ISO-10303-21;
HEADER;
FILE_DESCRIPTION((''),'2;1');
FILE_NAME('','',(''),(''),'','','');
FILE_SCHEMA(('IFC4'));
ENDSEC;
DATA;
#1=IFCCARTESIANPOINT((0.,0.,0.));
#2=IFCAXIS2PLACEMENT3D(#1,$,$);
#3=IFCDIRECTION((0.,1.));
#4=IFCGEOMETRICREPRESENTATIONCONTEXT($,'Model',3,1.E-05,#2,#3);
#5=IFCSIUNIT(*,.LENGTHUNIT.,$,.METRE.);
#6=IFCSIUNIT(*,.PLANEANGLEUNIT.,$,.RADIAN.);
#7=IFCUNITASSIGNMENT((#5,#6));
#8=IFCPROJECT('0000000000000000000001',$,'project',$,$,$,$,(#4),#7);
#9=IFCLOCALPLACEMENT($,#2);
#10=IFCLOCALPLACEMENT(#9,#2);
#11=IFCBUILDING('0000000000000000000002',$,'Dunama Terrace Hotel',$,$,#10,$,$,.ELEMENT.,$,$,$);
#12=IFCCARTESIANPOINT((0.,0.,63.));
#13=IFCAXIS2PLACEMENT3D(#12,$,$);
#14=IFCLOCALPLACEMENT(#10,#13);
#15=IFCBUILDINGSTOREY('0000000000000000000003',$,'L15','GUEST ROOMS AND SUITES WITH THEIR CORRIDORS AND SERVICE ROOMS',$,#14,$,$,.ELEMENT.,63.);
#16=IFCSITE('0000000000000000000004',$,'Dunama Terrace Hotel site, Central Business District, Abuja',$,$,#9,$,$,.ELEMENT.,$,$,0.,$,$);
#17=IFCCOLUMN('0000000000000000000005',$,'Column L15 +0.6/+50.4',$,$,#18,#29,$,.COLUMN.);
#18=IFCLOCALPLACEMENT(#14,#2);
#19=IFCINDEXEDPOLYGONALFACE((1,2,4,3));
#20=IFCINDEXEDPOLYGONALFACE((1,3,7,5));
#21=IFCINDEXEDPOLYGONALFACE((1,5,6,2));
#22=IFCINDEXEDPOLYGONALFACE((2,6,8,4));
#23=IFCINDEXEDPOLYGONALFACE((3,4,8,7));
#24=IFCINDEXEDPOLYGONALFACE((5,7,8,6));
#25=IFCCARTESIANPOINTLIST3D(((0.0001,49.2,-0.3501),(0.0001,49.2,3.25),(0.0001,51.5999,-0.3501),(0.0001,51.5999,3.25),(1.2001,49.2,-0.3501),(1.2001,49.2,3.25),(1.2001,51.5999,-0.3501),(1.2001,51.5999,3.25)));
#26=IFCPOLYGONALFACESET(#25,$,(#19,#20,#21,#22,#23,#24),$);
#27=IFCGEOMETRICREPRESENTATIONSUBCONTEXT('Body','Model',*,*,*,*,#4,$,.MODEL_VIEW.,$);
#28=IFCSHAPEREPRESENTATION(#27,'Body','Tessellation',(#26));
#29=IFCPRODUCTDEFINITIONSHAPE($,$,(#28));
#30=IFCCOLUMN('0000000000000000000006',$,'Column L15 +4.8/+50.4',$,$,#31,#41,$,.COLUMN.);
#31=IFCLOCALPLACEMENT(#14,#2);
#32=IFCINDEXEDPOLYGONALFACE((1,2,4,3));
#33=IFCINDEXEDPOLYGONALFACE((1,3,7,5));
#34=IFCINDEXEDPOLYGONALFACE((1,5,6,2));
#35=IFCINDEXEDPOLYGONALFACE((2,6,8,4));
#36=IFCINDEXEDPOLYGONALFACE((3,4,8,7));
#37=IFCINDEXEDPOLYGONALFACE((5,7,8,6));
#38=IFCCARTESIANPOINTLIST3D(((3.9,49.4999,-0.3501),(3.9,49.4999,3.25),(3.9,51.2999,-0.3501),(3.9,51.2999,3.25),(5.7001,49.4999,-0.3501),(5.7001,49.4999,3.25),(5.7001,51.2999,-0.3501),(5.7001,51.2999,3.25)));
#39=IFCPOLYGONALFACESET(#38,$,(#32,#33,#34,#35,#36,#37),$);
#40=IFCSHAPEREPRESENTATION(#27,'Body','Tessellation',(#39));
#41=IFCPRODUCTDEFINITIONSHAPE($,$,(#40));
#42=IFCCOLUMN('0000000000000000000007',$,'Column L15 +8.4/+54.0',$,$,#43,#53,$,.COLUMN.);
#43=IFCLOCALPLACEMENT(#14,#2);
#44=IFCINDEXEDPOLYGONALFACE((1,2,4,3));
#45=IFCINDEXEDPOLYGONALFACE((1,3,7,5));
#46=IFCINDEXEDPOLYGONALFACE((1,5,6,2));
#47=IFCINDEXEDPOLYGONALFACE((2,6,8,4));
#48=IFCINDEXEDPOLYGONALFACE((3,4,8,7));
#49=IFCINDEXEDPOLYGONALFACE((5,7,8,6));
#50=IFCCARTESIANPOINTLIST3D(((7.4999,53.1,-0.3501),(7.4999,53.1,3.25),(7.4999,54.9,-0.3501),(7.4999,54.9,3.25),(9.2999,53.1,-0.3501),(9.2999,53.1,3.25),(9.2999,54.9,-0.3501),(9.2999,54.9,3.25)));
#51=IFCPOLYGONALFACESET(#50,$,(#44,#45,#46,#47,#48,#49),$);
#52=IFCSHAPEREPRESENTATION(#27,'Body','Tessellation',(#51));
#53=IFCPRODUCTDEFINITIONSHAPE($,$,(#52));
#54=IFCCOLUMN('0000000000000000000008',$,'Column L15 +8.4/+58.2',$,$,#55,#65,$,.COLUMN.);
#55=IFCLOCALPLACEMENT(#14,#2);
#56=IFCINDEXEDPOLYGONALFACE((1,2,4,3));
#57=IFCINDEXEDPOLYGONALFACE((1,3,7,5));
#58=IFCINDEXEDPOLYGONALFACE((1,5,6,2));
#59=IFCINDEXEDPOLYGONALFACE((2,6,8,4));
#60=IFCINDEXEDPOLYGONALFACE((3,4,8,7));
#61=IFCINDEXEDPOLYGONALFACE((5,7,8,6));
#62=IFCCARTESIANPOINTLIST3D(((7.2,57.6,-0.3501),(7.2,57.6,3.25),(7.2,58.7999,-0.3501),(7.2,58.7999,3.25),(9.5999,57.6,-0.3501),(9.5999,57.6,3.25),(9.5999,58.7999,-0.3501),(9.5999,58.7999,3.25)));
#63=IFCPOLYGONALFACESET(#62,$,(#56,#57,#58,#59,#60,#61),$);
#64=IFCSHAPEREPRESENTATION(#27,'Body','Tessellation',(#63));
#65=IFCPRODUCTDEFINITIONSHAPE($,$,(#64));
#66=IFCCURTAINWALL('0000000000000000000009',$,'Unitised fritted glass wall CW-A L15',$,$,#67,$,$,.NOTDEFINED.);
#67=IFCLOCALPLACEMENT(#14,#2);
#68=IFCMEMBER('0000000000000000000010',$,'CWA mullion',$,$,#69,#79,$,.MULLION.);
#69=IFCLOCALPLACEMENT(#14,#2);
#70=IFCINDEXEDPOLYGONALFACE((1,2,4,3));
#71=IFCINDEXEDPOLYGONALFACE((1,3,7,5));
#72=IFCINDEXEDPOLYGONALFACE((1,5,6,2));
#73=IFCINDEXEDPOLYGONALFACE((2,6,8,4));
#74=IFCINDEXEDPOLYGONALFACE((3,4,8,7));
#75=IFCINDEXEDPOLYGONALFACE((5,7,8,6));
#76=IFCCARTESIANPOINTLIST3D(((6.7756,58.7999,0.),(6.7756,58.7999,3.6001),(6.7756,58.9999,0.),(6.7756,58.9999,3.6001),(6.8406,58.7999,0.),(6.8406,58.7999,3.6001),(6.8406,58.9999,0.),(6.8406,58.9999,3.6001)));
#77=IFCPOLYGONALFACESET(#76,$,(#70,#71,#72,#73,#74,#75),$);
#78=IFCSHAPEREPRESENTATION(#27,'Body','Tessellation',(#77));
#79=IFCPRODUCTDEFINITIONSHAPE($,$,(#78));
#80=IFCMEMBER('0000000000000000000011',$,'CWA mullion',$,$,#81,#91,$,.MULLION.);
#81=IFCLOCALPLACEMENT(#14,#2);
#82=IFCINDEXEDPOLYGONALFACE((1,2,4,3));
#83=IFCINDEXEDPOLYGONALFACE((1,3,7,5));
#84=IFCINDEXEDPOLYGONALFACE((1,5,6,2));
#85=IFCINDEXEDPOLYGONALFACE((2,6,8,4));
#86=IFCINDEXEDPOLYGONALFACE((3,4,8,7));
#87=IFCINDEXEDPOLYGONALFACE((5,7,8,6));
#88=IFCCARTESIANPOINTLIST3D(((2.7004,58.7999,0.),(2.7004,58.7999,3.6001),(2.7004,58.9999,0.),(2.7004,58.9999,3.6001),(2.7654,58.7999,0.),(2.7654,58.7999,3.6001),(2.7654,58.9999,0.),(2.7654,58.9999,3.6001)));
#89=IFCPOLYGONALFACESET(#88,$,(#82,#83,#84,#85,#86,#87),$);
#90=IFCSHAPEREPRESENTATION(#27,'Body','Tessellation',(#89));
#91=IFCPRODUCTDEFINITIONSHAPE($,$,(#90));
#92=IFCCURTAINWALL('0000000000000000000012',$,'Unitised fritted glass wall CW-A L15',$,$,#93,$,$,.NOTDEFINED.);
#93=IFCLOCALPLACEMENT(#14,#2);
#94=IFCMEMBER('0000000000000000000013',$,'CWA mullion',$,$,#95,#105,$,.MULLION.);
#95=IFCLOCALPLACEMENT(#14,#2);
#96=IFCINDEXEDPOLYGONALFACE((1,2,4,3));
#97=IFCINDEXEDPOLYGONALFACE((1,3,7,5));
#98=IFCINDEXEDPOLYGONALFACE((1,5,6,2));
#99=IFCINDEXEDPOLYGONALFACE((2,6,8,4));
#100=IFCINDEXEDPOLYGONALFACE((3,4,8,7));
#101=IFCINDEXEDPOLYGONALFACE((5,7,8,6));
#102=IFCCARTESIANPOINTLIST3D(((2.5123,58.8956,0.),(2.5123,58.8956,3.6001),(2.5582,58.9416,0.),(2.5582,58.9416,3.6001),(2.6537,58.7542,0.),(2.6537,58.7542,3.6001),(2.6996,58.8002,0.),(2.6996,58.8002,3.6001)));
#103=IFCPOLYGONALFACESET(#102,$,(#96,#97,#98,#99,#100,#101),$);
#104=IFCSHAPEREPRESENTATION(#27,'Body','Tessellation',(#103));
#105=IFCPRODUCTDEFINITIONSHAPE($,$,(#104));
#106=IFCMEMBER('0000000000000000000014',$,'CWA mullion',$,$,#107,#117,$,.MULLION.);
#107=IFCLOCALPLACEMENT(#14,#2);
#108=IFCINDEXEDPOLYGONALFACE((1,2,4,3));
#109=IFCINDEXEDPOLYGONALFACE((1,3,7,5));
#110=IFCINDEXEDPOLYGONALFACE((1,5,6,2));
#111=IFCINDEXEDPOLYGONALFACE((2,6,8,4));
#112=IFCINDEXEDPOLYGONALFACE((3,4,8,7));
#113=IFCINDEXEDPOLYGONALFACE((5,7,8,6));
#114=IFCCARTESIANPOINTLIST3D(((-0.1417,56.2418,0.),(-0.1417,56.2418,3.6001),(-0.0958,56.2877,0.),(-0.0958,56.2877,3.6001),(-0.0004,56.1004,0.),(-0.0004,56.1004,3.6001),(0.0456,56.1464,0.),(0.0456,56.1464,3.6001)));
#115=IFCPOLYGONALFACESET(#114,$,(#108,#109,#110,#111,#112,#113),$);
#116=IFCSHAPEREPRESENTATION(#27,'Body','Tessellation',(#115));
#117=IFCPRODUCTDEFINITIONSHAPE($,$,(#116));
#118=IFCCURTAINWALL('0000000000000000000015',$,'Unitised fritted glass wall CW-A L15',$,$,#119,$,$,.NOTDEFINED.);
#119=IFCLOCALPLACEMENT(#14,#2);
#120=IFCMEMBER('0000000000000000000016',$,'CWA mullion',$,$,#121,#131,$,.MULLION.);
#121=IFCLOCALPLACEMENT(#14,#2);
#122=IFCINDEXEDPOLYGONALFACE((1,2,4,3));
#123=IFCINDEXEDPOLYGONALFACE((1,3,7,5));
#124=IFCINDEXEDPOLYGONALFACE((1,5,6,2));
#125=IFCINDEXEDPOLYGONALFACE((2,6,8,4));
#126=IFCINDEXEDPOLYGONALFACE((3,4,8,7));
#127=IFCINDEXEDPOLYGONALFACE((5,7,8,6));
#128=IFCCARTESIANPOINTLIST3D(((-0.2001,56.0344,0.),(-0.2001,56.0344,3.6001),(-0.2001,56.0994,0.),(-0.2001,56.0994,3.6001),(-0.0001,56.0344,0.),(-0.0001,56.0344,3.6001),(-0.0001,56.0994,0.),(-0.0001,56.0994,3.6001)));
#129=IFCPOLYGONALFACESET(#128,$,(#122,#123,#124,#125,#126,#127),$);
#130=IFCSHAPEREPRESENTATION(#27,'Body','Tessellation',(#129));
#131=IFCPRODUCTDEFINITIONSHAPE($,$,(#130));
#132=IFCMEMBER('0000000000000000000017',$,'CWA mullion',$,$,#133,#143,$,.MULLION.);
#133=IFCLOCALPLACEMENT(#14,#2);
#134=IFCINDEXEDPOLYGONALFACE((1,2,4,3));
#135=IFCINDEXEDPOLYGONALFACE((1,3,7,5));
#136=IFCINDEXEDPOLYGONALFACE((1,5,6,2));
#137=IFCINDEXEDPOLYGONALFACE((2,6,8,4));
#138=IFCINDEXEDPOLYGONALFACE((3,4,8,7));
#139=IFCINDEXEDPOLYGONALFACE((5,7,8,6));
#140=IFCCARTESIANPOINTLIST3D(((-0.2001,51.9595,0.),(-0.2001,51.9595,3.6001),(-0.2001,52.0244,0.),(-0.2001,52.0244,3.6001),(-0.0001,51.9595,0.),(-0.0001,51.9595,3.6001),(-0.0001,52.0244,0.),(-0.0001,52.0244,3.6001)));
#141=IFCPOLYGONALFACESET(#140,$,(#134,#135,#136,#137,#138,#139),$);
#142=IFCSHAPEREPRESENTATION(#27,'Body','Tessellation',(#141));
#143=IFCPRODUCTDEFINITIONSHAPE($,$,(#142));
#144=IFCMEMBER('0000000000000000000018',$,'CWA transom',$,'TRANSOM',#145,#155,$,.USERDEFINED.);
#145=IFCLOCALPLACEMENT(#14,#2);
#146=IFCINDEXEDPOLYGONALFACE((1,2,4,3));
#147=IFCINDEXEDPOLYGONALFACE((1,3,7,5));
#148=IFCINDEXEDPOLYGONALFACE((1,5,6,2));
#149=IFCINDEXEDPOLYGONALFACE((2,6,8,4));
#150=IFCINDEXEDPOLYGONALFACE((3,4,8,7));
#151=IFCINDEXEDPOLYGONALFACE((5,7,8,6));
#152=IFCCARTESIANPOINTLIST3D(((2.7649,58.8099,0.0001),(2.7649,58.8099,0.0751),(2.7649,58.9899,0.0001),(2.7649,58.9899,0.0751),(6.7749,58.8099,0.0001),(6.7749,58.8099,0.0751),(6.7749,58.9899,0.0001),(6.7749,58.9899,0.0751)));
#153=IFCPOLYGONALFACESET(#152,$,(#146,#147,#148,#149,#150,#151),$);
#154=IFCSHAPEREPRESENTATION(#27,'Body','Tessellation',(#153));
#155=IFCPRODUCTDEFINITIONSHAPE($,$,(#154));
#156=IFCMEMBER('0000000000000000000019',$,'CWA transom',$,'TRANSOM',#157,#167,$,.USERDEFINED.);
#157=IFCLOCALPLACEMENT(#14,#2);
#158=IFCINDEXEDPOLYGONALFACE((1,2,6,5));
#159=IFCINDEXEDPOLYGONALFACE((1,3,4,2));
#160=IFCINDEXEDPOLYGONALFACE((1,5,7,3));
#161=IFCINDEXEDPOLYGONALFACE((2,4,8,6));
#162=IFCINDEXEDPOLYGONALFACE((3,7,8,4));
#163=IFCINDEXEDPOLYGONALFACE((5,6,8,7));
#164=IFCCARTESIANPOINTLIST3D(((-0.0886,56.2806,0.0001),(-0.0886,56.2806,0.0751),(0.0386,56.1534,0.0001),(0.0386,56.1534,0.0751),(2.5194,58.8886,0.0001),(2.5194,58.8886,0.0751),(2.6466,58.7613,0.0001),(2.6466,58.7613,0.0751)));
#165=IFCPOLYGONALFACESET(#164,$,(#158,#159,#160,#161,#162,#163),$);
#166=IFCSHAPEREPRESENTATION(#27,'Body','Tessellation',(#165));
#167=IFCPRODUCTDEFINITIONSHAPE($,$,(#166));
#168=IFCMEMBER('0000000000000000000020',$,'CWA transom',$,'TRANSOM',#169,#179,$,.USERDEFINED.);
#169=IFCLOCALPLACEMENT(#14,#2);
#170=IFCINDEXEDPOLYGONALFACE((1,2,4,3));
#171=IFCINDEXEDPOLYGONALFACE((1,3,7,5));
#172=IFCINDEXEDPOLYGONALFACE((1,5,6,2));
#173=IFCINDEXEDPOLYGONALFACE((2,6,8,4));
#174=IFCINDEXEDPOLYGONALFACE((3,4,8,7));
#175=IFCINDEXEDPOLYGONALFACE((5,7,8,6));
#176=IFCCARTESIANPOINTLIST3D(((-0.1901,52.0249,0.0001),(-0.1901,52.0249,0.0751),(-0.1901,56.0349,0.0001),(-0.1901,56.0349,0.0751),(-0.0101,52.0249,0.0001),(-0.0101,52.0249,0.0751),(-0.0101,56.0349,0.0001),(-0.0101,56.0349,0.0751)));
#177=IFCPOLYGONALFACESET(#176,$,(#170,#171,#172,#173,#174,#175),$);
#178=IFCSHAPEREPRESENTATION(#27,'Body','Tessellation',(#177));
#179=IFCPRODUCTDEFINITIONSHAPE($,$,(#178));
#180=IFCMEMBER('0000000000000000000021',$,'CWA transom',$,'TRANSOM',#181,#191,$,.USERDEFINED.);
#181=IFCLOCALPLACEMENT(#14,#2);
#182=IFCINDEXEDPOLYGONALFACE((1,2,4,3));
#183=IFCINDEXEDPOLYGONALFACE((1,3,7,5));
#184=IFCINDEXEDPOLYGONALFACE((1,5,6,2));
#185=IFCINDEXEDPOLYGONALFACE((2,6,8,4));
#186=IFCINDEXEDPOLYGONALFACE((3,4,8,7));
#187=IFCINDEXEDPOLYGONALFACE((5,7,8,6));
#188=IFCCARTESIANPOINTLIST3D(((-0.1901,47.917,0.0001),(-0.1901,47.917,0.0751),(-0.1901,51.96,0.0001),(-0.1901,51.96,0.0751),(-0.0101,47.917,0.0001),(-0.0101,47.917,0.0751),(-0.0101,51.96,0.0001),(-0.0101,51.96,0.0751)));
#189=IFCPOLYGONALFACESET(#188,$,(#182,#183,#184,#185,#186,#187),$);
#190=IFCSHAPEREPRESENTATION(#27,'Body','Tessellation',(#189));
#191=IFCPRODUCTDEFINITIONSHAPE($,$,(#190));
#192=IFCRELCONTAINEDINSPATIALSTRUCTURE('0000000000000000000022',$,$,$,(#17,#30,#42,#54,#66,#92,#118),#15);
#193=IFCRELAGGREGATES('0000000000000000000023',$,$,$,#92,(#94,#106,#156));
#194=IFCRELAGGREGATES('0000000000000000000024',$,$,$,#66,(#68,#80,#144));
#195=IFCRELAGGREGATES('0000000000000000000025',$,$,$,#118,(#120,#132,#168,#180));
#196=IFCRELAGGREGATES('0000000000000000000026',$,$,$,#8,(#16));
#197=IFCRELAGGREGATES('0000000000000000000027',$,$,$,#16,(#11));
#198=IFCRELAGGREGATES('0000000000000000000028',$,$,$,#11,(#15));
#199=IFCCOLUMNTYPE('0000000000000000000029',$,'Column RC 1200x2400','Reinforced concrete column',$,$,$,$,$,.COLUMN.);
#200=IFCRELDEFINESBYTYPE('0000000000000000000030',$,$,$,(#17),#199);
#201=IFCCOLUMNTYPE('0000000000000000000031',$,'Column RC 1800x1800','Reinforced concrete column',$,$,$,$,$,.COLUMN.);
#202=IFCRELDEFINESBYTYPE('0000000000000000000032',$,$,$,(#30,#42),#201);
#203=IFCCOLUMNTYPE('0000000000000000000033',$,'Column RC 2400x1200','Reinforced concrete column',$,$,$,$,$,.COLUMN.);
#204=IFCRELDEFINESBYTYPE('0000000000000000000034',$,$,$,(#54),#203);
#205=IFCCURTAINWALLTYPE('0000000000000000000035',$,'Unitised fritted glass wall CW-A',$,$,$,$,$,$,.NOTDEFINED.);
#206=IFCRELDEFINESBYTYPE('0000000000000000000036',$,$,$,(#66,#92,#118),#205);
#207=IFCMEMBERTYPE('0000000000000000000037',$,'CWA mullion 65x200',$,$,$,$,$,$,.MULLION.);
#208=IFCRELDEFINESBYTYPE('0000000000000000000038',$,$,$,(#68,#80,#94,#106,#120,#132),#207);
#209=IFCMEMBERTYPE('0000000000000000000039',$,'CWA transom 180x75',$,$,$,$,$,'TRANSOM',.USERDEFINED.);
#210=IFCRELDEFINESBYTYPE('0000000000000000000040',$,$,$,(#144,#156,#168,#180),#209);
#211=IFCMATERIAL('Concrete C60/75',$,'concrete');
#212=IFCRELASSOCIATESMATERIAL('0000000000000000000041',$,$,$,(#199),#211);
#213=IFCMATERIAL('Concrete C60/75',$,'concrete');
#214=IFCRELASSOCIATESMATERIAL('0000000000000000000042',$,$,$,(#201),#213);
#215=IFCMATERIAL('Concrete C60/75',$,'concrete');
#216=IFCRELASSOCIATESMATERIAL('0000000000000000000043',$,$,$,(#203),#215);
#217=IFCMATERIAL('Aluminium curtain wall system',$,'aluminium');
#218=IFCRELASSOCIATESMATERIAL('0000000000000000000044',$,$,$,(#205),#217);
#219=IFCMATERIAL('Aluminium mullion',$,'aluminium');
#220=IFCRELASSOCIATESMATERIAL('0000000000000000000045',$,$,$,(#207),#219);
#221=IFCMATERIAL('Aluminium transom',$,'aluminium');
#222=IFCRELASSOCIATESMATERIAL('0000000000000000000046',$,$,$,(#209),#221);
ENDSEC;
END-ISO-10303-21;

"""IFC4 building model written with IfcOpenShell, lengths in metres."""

from ifc_helpers import new_model, si_unit, direction, frame, origin, origin_2d, place, context, subcontext, project, spatial, rectangle, extrude, material, material_profile, profile_set, type_object, element, aggregate, save


model = new_model("IFC4")

# Units and contexts
model_context = context("Model", 3, precision=1e-05, world=origin(), true_north=direction((0.0, 1.0)))
body_context = subcontext(model_context, "Body", "Model", "MODEL_VIEW")
ifc_project = project(units=[si_unit("LENGTHUNIT", "METRE"), si_unit("PLANEANGLEUNIT", "RADIAN")], contexts=[model_context])

# Site, building, storey
site_placement = place(None, origin())
site = spatial("IfcSite", under=ifc_project, at=site_placement, Name="Dunama Terrace Hotel site, Central Business District, Abuja", CompositionType="ELEMENT", RefElevation=0.0)
building_placement = place(site_placement, origin())
building = spatial("IfcBuilding", under=site, at=building_placement, Name="Dunama Terrace Hotel", CompositionType="ELEMENT")
storey_placement = place(building_placement, frame((0.0, 0.0, 63.0)))
storey = spatial("IfcBuildingStorey", under=building, at=storey_placement, Name="L15", Description="GUEST ROOMS AND SUITES WITH THEIR CORRIDORS AND SERVICE ROOMS", CompositionType="ELEMENT", Elevation=63.0)

# Columns
ifc_material_1 = material(Name="Concrete C60/75", Category="concrete")
ifc_material_profile_1 = material_profile(ifc_material_1, rectangle(XDim=1.2, YDim=2.3999, at=origin_2d()), Name="RC 1200x2400")
ifc_profile_set_1 = profile_set([ifc_material_profile_1], Name="Concrete C60/75")
column_type_1 = type_object("IfcColumnType", Name="Column RC 1200x2400", Description="Reinforced concrete column", PredefinedType="COLUMN", material=ifc_profile_set_1)
column_1_placement = place(storey_placement, frame((0.6001, 50.3999, -0.3501), z_axis=(0.0, 0.0, 1.0), x_axis=(1.0, 0.0, 0.0)))
element("IfcColumn", 1, at=column_1_placement, inside=storey, type_object=column_type_1, Name="Column L15 +0.6/+50.4", PredefinedType="COLUMN", context=body_context, shape_type="SweptSolid", body=[
    extrude(rectangle(XDim=1.2, YDim=2.3999, at=origin_2d()), origin(), (0.0, 0.0, 1.0), 3.6001),
])
ifc_material_2 = material(Name="Concrete C60/75", Category="concrete")
ifc_material_profile_2 = material_profile(ifc_material_2, rectangle(XDim=1.8, YDim=1.8, at=origin_2d()), Name="RC 1800x1800")
ifc_profile_set_2 = profile_set([ifc_material_profile_2], Name="Concrete C60/75")
column_type_2 = type_object("IfcColumnType", Name="Column RC 1800x1800", Description="Reinforced concrete column", PredefinedType="COLUMN", material=ifc_profile_set_2)
for number, where, z_axis, x_axis, name in (
    (2, (4.8, 50.3999, -0.3501), (0.0, 0.0, 1.0), (1.0, 0.0, 0.0), "Column L15 +4.8/+50.4"),
    (3, (8.3999, 54.0, -0.3501), (0.0, 0.0, 1.0), (1.0, 0.0, 0.0), "Column L15 +8.4/+54.0"),
):
    element("IfcColumn", number, at=place(storey_placement, frame(where, z_axis=z_axis, x_axis=x_axis)), inside=storey, type_object=column_type_2, Name=name, PredefinedType="COLUMN", context=body_context, shape_type="SweptSolid", body=[
        extrude(rectangle(XDim=1.8, YDim=1.8, at=origin_2d()), origin(), (0.0, 0.0, 1.0), 3.6001),
    ])
ifc_material_3 = material(Name="Concrete C60/75", Category="concrete")
ifc_material_profile_3 = material_profile(ifc_material_3, rectangle(XDim=2.3999, YDim=1.2, at=origin_2d()), Name="RC 2400x1200")
ifc_profile_set_3 = profile_set([ifc_material_profile_3], Name="Concrete C60/75")
column_type_3 = type_object("IfcColumnType", Name="Column RC 2400x1200", Description="Reinforced concrete column", PredefinedType="COLUMN", material=ifc_profile_set_3)
column_2_placement = place(storey_placement, frame((8.3999, 58.2, -0.3501), z_axis=(0.0, 0.0, 1.0), x_axis=(1.0, 0.0, 0.0)))
element("IfcColumn", 4, at=column_2_placement, inside=storey, type_object=column_type_3, Name="Column L15 +8.4/+58.2", PredefinedType="COLUMN", context=body_context, shape_type="SweptSolid", body=[
    extrude(rectangle(XDim=2.3999, YDim=1.2, at=origin_2d()), origin(), (0.0, 0.0, 1.0), 3.6001),
])

# Curtain walls, members
ifc_material_4 = material(Name="Aluminium curtain wall system", Category="aluminium")
curtain_wall_type = type_object("IfcCurtainWallType", Name="Unitised fritted glass wall CW-A", PredefinedType="NOTDEFINED", material=ifc_material_4)
curtain_wall_1_placement = place(storey_placement, origin())
curtain_wall_1 = element("IfcCurtainWall", 5, at=curtain_wall_1_placement, inside=storey, type_object=curtain_wall_type, Name="Unitised fritted glass wall CW-A L15", PredefinedType="NOTDEFINED")
ifc_material_5 = material(Name="Aluminium mullion", Category="aluminium")
ifc_material_profile_4 = material_profile(ifc_material_5, rectangle(XDim=0.0649, YDim=0.2, at=origin_2d()), Name="CWA MULLION 65X200")
ifc_profile_set_4 = profile_set([ifc_material_profile_4], Name="Aluminium mullion")
member_type_1 = type_object("IfcMemberType", Name="CWA mullion 65x200", PredefinedType="MULLION", material=ifc_profile_set_4)
member_1_placement = place(storey_placement, frame((6.8081, 58.8999, 0.0), z_axis=(0.0, 0.0, 1.0), x_axis=(-1.0, 0.0, 0.0)))
member_1 = element("IfcMember", 6, at=member_1_placement, type_object=member_type_1, Name="CWA mullion", PredefinedType="MULLION", context=body_context, shape_type="SweptSolid", body=[
    extrude(rectangle(XDim=0.0649, YDim=0.2, at=origin_2d()), origin(), (0.0, 0.0, 1.0), 3.6001),
])
member_2_placement = place(storey_placement, frame((2.7329, 58.8999, 0.0), z_axis=(0.0, 0.0, 1.0), x_axis=(-1.0, 0.0, 0.0)))
member_2 = element("IfcMember", 7, at=member_2_placement, type_object=member_type_1, Name="CWA mullion", PredefinedType="MULLION", context=body_context, shape_type="SweptSolid", body=[
    extrude(rectangle(XDim=0.0649, YDim=0.2, at=origin_2d()), origin(), (0.0, 0.0, 1.0), 3.6001),
])
curtain_wall_2_placement = place(storey_placement, origin())
curtain_wall_2 = element("IfcCurtainWall", 8, at=curtain_wall_2_placement, inside=storey, type_object=curtain_wall_type, Name="Unitised fritted glass wall CW-A L15", PredefinedType="NOTDEFINED")
member_3_placement = place(storey_placement, frame((2.606, 58.8479, 0.0), z_axis=(0.0, 0.0, 1.0), x_axis=(-0.707107, -0.707107, 0.0)))
member_3 = element("IfcMember", 9, at=member_3_placement, type_object=member_type_1, Name="CWA mullion", PredefinedType="MULLION", context=body_context, shape_type="SweptSolid", body=[
    extrude(rectangle(XDim=0.0649, YDim=0.2, at=origin_2d()), origin(), (0.0, 0.0, 1.0), 3.6001),
])
member_4_placement = place(storey_placement, frame((-0.0481, 56.1941, 0.0), z_axis=(0.0, 0.0, 1.0), x_axis=(-0.707107, -0.707107, 0.0)))
member_4 = element("IfcMember", 10, at=member_4_placement, type_object=member_type_1, Name="CWA mullion", PredefinedType="MULLION", context=body_context, shape_type="SweptSolid", body=[
    extrude(rectangle(XDim=0.0649, YDim=0.2, at=origin_2d()), origin(), (0.0, 0.0, 1.0), 3.6001),
])
curtain_wall_3_placement = place(storey_placement, origin())
curtain_wall_3 = element("IfcCurtainWall", 11, at=curtain_wall_3_placement, inside=storey, type_object=curtain_wall_type, Name="Unitised fritted glass wall CW-A L15", PredefinedType="NOTDEFINED")
member_5_placement = place(storey_placement, frame((-0.1001, 56.0669, 0.0), z_axis=(0.0, 0.0, 1.0), x_axis=(0.0, -1.0, 0.0)))
member_5 = element("IfcMember", 12, at=member_5_placement, type_object=member_type_1, Name="CWA mullion", PredefinedType="MULLION", context=body_context, shape_type="SweptSolid", body=[
    extrude(rectangle(XDim=0.0649, YDim=0.2, at=origin_2d()), origin(), (0.0, 0.0, 1.0), 3.6001),
])
member_6_placement = place(storey_placement, frame((-0.1001, 51.9919, 0.0), z_axis=(0.0, 0.0, 1.0), x_axis=(0.0, -1.0, 0.0)))
member_6 = element("IfcMember", 13, at=member_6_placement, type_object=member_type_1, Name="CWA mullion", PredefinedType="MULLION", context=body_context, shape_type="SweptSolid", body=[
    extrude(rectangle(XDim=0.0649, YDim=0.2, at=origin_2d()), origin(), (0.0, 0.0, 1.0), 3.6001),
])

# Members
ifc_material_6 = material(Name="Aluminium transom", Category="aluminium")
ifc_material_profile_5 = material_profile(ifc_material_6, rectangle(XDim=0.1799, YDim=0.075, at=origin_2d()), Name="CWA TRANSOM 180X75")
ifc_profile_set_5 = profile_set([ifc_material_profile_5], Name="Aluminium transom")
member_type_2 = type_object("IfcMemberType", Name="CWA transom 180x75", ElementType="TRANSOM", PredefinedType="USERDEFINED", material=ifc_profile_set_5)
member_7_placement = place(storey_placement, frame((6.7749, 58.8999, 0.0376), z_axis=(-1.0, 0.0, 0.0), x_axis=(0.0, -1.0, 0.0)))
member_7 = element("IfcMember", 14, at=member_7_placement, type_object=member_type_2, Name="CWA transom", ObjectType="TRANSOM", PredefinedType="USERDEFINED", context=body_context, shape_type="SweptSolid", body=[
    extrude(rectangle(XDim=0.1799, YDim=0.075, at=origin_2d()), origin(), (0.0, 0.0, 1.0), 4.01),
])
member_8_placement = place(storey_placement, frame((2.583, 58.825, 0.0376), z_axis=(-0.707107, -0.707107, 0.0), x_axis=(0.707107, -0.707107, 0.0)))
member_8 = element("IfcMember", 15, at=member_8_placement, type_object=member_type_2, Name="CWA transom", ObjectType="TRANSOM", PredefinedType="USERDEFINED", context=body_context, shape_type="SweptSolid", body=[
    extrude(rectangle(XDim=0.1799, YDim=0.075, at=origin_2d()), origin(), (0.0, 0.0, 1.0), 3.6882),
])
member_9_placement = place(storey_placement, frame((-0.1001, 56.0349, 0.0376), z_axis=(0.0, -1.0, 0.0), x_axis=(1.0, 0.0, 0.0)))
member_9 = element("IfcMember", 16, at=member_9_placement, type_object=member_type_2, Name="CWA transom", ObjectType="TRANSOM", PredefinedType="USERDEFINED", context=body_context, shape_type="SweptSolid", body=[
    extrude(rectangle(XDim=0.1799, YDim=0.075, at=origin_2d()), origin(), (0.0, 0.0, 1.0), 4.01),
])
member_10_placement = place(storey_placement, frame((-0.1001, 51.96, 0.0376), z_axis=(0.0, -1.0, 0.0), x_axis=(1.0, 0.0, 0.0)))
member_10 = element("IfcMember", 17, at=member_10_placement, type_object=member_type_2, Name="CWA transom", ObjectType="TRANSOM", PredefinedType="USERDEFINED", context=body_context, shape_type="SweptSolid", body=[
    extrude(rectangle(XDim=0.1799, YDim=0.075, at=origin_2d()), origin(), (0.0, 0.0, 1.0), 4.043),
])

aggregate(curtain_wall_2, [member_3, member_4, member_8])
aggregate(curtain_wall_1, [member_1, member_2, member_7])
aggregate(curtain_wall_3, [member_5, member_6, member_9, member_10])

save(model, "model.ifc")
